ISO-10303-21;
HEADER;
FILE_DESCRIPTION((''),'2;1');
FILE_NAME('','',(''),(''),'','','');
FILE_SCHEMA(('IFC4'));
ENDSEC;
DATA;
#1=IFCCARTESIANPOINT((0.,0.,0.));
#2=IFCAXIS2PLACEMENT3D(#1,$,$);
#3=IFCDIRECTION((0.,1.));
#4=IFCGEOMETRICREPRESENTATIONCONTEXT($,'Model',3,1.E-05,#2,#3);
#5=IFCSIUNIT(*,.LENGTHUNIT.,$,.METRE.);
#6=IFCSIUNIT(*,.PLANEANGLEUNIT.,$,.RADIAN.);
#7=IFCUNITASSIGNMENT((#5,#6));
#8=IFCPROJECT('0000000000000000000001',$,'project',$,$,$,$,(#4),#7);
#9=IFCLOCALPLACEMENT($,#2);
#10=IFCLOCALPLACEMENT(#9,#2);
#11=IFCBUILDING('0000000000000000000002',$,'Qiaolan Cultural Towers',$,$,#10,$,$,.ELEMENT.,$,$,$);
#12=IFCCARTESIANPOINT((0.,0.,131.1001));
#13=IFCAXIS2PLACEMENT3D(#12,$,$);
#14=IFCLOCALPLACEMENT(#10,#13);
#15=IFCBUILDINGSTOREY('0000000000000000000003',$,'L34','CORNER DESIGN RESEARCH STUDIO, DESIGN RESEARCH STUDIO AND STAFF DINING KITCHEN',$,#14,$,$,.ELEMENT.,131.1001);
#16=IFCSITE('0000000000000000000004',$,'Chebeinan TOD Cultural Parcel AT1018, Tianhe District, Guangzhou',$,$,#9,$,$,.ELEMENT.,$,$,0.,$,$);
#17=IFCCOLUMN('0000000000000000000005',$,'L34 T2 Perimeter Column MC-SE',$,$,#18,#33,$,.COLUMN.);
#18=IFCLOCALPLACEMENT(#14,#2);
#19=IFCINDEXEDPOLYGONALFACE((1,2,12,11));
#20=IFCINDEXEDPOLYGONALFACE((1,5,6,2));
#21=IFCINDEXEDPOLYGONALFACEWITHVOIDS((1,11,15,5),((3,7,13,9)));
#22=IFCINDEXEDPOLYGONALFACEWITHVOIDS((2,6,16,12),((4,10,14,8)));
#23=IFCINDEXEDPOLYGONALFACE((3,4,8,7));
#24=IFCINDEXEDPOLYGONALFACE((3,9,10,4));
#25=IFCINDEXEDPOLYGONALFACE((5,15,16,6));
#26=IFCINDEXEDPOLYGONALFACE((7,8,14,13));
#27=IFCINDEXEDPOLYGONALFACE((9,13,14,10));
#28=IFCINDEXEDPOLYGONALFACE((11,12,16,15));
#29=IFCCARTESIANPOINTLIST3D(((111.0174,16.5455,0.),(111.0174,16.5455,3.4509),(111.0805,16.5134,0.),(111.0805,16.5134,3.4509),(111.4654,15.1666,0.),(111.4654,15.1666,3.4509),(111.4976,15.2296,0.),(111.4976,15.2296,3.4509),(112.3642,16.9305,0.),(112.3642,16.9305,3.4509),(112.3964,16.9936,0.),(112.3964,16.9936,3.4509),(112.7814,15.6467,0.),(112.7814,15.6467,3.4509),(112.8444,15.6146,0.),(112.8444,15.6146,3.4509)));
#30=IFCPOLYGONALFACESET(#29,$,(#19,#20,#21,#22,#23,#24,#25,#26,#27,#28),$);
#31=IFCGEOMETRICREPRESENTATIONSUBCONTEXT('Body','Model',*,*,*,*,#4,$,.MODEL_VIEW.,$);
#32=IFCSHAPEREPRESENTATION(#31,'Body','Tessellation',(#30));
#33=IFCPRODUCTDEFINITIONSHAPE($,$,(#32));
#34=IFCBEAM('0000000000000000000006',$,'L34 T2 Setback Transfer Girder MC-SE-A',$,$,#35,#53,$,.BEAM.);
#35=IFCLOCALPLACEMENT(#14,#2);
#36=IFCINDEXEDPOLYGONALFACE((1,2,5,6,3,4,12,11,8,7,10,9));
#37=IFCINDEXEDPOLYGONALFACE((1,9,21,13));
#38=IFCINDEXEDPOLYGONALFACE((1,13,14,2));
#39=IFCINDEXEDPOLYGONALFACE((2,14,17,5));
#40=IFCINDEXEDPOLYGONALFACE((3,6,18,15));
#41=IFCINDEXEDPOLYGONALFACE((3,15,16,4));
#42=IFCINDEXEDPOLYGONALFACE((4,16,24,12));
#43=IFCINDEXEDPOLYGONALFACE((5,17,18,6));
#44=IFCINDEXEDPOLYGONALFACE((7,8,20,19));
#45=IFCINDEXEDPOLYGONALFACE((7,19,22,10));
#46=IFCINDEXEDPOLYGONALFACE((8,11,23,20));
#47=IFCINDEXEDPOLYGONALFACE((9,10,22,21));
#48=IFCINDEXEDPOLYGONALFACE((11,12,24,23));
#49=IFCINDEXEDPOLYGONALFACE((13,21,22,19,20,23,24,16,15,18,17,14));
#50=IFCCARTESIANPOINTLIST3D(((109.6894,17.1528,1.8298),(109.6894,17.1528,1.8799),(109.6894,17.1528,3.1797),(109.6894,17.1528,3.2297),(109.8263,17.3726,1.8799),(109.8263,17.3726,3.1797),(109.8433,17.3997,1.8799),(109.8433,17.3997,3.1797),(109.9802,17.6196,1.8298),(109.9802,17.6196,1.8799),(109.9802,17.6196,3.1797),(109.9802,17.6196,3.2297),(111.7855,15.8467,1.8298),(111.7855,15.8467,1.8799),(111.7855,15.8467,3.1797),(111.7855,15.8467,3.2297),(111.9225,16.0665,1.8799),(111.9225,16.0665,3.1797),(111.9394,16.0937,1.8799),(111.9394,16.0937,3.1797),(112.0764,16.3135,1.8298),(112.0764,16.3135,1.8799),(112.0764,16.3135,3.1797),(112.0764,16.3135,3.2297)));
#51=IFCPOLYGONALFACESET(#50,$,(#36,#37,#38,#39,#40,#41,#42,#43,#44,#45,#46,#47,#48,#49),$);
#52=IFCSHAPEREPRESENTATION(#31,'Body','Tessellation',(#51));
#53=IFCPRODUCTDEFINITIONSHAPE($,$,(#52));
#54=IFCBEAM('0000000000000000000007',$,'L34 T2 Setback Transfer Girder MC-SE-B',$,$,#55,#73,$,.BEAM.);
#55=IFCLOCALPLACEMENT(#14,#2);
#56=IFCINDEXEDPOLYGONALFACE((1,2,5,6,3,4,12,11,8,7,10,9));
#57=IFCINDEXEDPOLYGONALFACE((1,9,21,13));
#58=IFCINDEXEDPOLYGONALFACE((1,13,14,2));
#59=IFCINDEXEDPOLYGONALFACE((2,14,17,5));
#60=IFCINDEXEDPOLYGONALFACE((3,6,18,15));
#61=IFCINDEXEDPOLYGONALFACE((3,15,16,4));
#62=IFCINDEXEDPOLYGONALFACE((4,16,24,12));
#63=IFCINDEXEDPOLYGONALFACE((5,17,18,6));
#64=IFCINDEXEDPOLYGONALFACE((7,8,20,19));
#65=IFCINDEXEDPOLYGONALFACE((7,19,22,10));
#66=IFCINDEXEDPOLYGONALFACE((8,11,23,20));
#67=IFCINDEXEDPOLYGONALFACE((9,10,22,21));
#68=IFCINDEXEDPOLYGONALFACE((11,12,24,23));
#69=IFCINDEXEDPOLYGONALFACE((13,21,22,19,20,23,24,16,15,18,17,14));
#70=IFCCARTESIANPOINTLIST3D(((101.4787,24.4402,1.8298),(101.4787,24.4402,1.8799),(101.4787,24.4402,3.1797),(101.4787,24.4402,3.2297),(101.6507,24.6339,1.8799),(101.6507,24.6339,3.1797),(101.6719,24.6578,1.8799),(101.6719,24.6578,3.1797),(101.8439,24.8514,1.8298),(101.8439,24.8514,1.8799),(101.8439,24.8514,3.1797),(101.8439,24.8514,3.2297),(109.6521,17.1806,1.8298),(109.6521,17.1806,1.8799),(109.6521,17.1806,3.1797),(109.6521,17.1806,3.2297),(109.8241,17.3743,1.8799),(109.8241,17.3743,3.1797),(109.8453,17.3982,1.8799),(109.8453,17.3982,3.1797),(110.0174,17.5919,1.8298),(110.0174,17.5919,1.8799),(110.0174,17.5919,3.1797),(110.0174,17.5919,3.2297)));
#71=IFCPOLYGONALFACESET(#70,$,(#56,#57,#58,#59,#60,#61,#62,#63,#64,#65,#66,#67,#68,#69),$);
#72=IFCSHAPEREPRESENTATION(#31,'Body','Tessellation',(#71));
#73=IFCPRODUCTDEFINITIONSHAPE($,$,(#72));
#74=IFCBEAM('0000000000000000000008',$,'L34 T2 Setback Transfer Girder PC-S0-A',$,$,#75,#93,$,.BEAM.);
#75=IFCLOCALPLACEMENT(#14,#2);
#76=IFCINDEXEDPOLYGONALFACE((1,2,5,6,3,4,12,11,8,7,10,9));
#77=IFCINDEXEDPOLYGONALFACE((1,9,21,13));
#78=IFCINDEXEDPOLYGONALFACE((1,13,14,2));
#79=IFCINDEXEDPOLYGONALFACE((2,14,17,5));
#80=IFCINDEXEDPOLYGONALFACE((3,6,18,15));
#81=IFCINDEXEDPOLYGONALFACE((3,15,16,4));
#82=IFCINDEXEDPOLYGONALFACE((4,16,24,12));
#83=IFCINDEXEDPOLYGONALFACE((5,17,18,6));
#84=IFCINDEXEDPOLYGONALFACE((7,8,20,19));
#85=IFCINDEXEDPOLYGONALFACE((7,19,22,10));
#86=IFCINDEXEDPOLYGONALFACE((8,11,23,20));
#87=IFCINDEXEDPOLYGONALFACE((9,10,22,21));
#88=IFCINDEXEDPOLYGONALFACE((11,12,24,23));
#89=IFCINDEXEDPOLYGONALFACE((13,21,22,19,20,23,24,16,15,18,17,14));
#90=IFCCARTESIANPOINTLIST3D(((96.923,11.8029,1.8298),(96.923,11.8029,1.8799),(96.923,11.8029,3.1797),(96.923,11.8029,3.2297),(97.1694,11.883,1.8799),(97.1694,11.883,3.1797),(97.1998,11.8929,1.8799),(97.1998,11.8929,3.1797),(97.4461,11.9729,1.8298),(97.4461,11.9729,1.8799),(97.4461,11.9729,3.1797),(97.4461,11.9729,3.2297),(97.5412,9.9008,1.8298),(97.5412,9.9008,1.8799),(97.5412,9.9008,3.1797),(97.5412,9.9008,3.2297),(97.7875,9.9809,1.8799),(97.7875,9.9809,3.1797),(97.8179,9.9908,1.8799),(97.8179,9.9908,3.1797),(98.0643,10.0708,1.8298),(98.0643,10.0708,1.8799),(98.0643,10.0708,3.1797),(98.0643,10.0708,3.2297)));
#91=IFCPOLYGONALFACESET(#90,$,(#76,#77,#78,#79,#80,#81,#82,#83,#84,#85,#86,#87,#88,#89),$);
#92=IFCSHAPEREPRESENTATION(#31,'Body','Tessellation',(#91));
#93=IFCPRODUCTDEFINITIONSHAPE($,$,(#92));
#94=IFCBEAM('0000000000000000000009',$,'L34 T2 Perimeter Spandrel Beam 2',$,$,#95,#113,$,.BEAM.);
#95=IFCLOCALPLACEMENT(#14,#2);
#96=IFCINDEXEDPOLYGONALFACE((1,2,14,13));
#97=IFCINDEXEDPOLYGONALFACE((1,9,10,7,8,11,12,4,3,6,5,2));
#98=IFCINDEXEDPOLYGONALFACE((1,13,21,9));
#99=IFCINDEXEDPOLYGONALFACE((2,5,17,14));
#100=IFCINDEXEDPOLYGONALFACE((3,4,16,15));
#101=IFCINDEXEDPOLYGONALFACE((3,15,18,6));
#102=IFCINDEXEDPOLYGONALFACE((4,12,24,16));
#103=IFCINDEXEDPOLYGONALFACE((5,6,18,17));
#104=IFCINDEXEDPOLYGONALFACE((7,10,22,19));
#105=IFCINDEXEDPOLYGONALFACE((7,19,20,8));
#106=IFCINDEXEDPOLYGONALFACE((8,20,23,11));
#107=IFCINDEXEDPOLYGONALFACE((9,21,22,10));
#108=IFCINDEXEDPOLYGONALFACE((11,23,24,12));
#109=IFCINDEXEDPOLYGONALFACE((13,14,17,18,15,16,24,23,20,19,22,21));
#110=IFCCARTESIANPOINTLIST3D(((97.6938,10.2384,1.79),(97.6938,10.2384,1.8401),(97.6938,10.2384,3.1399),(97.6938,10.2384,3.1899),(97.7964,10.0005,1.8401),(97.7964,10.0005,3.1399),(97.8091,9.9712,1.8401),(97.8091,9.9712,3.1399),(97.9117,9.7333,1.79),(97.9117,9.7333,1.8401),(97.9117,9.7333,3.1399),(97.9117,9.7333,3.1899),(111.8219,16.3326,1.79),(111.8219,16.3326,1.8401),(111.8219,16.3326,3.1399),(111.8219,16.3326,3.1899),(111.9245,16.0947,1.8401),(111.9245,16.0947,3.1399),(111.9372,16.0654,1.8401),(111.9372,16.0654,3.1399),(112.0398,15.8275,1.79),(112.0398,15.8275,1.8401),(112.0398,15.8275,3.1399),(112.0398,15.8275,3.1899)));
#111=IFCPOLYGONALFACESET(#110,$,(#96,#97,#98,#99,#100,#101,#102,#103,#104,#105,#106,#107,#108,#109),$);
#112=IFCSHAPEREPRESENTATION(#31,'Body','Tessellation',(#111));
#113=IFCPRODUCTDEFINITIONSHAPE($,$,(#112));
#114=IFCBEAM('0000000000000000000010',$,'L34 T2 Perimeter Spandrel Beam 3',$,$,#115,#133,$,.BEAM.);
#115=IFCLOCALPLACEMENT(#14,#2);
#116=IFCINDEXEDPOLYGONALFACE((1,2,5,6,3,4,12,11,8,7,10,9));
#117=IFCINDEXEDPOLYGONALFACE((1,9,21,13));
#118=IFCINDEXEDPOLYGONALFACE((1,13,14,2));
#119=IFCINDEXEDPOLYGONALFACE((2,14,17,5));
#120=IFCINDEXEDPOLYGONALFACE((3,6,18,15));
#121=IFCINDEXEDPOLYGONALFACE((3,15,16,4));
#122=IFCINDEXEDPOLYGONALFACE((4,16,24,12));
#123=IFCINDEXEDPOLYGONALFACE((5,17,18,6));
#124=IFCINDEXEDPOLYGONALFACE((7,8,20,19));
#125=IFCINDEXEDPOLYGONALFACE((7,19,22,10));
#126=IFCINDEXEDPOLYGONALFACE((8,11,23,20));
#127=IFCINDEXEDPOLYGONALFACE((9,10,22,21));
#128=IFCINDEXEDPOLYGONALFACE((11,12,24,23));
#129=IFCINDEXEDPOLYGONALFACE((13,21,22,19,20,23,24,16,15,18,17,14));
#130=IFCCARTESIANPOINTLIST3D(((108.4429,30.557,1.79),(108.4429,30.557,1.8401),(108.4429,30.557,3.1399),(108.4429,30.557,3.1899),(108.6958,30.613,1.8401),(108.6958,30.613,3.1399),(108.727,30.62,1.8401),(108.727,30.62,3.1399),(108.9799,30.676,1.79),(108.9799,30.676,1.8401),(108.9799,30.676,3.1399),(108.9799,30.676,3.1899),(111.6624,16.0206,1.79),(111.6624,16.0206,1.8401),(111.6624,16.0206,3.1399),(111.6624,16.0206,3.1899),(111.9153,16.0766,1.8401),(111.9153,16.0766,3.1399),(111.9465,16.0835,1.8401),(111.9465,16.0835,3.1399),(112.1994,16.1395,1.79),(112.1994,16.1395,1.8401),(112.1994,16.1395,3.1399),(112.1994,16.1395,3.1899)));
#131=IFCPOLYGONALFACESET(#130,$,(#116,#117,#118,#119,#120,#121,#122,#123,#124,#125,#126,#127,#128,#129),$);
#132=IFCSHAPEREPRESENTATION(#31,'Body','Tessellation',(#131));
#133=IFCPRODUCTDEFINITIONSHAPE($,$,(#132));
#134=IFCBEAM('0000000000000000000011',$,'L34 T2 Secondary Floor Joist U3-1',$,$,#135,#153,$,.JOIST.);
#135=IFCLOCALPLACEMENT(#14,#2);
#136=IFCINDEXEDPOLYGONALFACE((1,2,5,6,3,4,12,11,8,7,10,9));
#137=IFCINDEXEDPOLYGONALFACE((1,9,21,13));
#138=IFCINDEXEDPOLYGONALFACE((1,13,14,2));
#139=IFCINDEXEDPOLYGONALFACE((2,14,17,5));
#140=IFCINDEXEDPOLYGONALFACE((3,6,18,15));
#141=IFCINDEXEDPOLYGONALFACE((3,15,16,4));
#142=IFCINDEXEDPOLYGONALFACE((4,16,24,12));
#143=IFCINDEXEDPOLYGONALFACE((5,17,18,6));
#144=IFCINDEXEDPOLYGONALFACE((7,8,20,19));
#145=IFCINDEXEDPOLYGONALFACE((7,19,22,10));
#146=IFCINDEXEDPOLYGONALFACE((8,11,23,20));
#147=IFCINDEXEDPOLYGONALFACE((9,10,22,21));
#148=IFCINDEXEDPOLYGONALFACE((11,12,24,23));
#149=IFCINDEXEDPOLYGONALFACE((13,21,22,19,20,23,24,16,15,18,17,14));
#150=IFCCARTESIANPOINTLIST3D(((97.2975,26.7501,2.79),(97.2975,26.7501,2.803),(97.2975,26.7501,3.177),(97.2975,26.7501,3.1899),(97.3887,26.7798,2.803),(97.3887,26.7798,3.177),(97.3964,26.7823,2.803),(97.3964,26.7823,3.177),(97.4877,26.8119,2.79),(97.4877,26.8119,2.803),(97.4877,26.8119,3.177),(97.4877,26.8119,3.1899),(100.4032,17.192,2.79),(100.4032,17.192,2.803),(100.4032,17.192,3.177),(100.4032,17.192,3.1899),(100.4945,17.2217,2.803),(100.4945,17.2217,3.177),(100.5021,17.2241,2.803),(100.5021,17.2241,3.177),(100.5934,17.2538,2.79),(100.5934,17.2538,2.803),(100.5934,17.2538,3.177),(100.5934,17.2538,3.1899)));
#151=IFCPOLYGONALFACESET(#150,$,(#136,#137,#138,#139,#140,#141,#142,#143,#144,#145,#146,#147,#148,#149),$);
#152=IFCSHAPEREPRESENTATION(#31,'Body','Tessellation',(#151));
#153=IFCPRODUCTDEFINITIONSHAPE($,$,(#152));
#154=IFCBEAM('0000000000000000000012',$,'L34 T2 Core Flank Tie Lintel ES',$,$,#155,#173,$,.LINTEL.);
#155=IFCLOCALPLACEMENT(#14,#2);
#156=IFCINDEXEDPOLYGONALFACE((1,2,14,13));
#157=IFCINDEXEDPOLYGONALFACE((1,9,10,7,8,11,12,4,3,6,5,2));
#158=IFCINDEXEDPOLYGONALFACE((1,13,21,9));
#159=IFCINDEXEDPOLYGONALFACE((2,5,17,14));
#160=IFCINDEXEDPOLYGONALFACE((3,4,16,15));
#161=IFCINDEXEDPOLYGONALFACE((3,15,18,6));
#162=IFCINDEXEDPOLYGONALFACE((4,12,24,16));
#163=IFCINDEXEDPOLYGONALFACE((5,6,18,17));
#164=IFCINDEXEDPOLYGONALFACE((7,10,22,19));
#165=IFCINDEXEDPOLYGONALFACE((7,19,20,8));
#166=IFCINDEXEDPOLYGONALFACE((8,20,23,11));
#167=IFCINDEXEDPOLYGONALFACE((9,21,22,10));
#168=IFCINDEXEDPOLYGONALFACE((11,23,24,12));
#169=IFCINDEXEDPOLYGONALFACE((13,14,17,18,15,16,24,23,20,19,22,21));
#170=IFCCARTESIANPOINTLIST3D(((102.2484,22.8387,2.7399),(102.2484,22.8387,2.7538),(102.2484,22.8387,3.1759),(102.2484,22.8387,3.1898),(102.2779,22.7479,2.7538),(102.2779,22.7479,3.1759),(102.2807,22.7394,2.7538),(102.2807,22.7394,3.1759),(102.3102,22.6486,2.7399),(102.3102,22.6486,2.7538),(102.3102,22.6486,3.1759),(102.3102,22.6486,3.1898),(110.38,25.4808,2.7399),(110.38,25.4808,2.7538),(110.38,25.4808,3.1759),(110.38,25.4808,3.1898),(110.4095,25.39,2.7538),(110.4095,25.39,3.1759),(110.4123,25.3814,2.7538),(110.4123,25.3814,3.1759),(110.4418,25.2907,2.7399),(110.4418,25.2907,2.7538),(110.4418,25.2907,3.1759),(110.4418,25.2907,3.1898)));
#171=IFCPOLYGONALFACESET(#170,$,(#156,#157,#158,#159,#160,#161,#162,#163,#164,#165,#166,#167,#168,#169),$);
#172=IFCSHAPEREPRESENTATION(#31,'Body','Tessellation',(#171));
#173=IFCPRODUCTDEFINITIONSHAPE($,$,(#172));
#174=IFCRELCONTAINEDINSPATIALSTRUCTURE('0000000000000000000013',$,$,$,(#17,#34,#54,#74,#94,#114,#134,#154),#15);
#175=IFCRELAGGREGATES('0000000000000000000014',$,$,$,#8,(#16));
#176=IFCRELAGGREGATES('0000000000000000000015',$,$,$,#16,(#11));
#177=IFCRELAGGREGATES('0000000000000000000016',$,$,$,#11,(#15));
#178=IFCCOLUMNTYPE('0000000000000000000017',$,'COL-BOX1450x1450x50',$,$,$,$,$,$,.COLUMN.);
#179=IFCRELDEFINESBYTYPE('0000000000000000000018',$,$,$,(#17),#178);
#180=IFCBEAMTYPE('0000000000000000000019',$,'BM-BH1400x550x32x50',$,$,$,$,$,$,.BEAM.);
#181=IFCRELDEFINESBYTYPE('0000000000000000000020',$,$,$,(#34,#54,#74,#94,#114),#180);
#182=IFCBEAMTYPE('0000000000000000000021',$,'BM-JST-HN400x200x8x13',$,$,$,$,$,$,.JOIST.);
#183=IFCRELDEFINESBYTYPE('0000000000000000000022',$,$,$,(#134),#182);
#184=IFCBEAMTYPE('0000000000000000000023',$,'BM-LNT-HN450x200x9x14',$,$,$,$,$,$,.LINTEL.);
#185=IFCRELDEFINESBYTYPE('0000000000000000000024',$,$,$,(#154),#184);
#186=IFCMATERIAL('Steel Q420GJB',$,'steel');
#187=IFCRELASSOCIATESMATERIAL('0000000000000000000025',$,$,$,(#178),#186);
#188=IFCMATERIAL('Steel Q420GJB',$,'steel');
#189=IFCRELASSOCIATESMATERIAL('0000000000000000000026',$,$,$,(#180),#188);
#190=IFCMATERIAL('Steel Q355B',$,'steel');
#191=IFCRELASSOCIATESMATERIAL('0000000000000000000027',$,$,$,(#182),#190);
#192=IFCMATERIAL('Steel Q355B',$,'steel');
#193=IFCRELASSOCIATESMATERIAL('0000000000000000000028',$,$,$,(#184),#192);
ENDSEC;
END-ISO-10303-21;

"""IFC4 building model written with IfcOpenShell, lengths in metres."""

from ifc_helpers import new_model, si_unit, direction, frame, origin, origin_2d, place, context, subcontext, project, spatial, hollow_rectangle, i_section, extrude, material, material_profile, profile_set, type_object, element, save


model = new_model("IFC4")

# Units and contexts
model_context = context("Model", 3, precision=1e-05, world=origin(), true_north=direction((0.0, 1.0)))
body_context = subcontext(model_context, "Body", "Model", "MODEL_VIEW")
ifc_project = project(units=[si_unit("LENGTHUNIT", "METRE"), si_unit("PLANEANGLEUNIT", "RADIAN")], contexts=[model_context])

# Site, building, storey
site_placement = place(None, origin())
site = spatial("IfcSite", under=ifc_project, at=site_placement, Name="Chebeinan TOD Cultural Parcel AT1018, Tianhe District, Guangzhou", CompositionType="ELEMENT", RefElevation=0.0)
building_placement = place(site_placement, origin())
building = spatial("IfcBuilding", under=site, at=building_placement, Name="Qiaolan Cultural Towers", CompositionType="ELEMENT")
storey_placement = place(building_placement, frame((0.0, 0.0, 131.1001)))
storey = spatial("IfcBuildingStorey", under=building, at=storey_placement, Name="L34", Description="CORNER DESIGN RESEARCH STUDIO, DESIGN RESEARCH STUDIO AND STAFF DINING KITCHEN", CompositionType="ELEMENT", Elevation=131.1001)

# Column
ifc_material_1 = material(Name="Steel Q420GJB", Category="steel")
ifc_material_profile_1 = material_profile(ifc_material_1, hollow_rectangle(XDim=1.45, YDim=1.45, WallThickness=0.05, at=origin_2d()), Name="BOX1450x1450x50")
ifc_profile_set_1 = profile_set([ifc_material_profile_1], Name="Steel Q420GJB")
column_type = type_object("IfcColumnType", Name="COL-BOX1450x1450x50", PredefinedType="COLUMN", material=ifc_profile_set_1)
column_placement = place(storey_placement, frame((111.9309, 16.0801, 0.0), z_axis=(0.0, 0.0, 1.0), x_axis=(0.951057, 0.309017, 0.0)))
element("IfcColumn", 1, at=column_placement, inside=storey, type_object=column_type, Name="L34 T2 Perimeter Column MC-SE", PredefinedType="COLUMN", context=body_context, shape_type="SweptSolid", body=[
    extrude(hollow_rectangle(XDim=1.45, YDim=1.45, WallThickness=0.05, at=origin_2d()), origin(), (0.0, 0.0, 1.0), 3.4509),
])

# Beams
ifc_material_2 = material(Name="Steel Q420GJB", Category="steel")
ifc_material_profile_2 = material_profile(ifc_material_2, i_section(OverallWidth=0.55, OverallDepth=1.3999, WebThickness=0.032, FlangeThickness=0.05, at=origin_2d()), Name="BH1400x550x32x50")
ifc_profile_set_2 = profile_set([ifc_material_profile_2], Name="Steel Q420GJB")
beam_type_1 = type_object("IfcBeamType", Name="BM-BH1400x550x32x50", PredefinedType="BEAM", material=ifc_profile_set_2)
beam_1_placement = place(storey_placement, frame((111.9309, 16.0801, 2.5298), z_axis=(-0.848719, 0.528843, 0.0), x_axis=(-0.528843, -0.848719, 0.0)))
element("IfcBeam", 2, at=beam_1_placement, inside=storey, type_object=beam_type_1, Name="L34 T2 Setback Transfer Girder MC-SE-A", PredefinedType="BEAM", context=body_context, shape_type="SweptSolid", body=[
    extrude(i_section(OverallWidth=0.55, OverallDepth=1.3999, WebThickness=0.032, FlangeThickness=0.05, at=origin_2d()), origin(), (0.0, 0.0, 1.0), 2.4697),
])
beam_2_placement = place(storey_placement, frame((109.8347, 17.3862, 2.5298), z_axis=(-0.747667, 0.664074, 0.0), x_axis=(-0.664074, -0.747667, 0.0)))
element("IfcBeam", 3, at=beam_2_placement, inside=storey, type_object=beam_type_1, Name="L34 T2 Setback Transfer Girder MC-SE-B", PredefinedType="BEAM", context=body_context, shape_type="SweptSolid", body=[
    extrude(i_section(OverallWidth=0.55, OverallDepth=1.3999, WebThickness=0.032, FlangeThickness=0.05, at=origin_2d()), origin(), (0.0, 0.0, 1.0), 10.9319),
])
beam_3_placement = place(storey_placement, frame((97.8027, 9.9858, 2.5298), z_axis=(-0.309078, 0.951037, 0.0), x_axis=(-0.951037, -0.309078, 0.0)))
element("IfcBeam", 4, at=beam_3_placement, inside=storey, type_object=beam_type_1, Name="L34 T2 Setback Transfer Girder PC-S0-A", PredefinedType="BEAM", context=body_context, shape_type="SweptSolid", body=[
    extrude(i_section(OverallWidth=0.55, OverallDepth=1.3999, WebThickness=0.032, FlangeThickness=0.05, at=origin_2d()), origin(), (0.0, 0.0, 1.0), 2.0),
])
beam_4_placement = place(storey_placement, frame((97.8027, 9.9858, 2.49), z_axis=(0.918218, 0.396076, 0.0), x_axis=(-0.396076, 0.918218, 0.0)))
element("IfcBeam", 5, at=beam_4_placement, inside=storey, type_object=beam_type_1, Name="L34 T2 Perimeter Spandrel Beam 2", PredefinedType="BEAM", context=body_context, shape_type="SweptSolid", body=[
    extrude(i_section(OverallWidth=0.55, OverallDepth=1.3999, WebThickness=0.032, FlangeThickness=0.05, at=origin_2d()), origin(), (0.0, 0.0, 1.0), 15.3865),
])
beam_5_placement = place(storey_placement, frame((111.9309, 16.0801, 2.49), z_axis=(-0.216238, 0.976341, 0.0), x_axis=(-0.976341, -0.216238, 0.0)))
element("IfcBeam", 6, at=beam_5_placement, inside=storey, type_object=beam_type_1, Name="L34 T2 Perimeter Spandrel Beam 3", PredefinedType="BEAM", context=body_context, shape_type="SweptSolid", body=[
    extrude(i_section(OverallWidth=0.55, OverallDepth=1.3999, WebThickness=0.032, FlangeThickness=0.05, at=origin_2d()), origin(), (0.0, 0.0, 1.0), 14.8887),
])
ifc_material_3 = material(Name="Steel Q355B", Category="steel")
ifc_material_profile_3 = material_profile(ifc_material_3, i_section(OverallWidth=0.2, OverallDepth=0.3999, WebThickness=0.0081, FlangeThickness=0.0129, at=origin_2d()), Name="HN400x200x8x13")
ifc_profile_set_3 = profile_set([ifc_material_profile_3], Name="Steel Q355B")
beam_type_2 = type_object("IfcBeamType", Name="BM-JST-HN400x200x8x13", PredefinedType="JOIST", material=ifc_profile_set_3)
beam_6_placement = place(storey_placement, frame((100.4983, 17.2229, 2.99), z_axis=(-0.309026, 0.951054, 0.0), x_axis=(-0.951054, -0.309026, 0.0)))
element("IfcBeam", 7, at=beam_6_placement, inside=storey, type_object=beam_type_2, Name="L34 T2 Secondary Floor Joist U3-1", PredefinedType="JOIST", context=body_context, shape_type="SweptSolid", body=[
    extrude(i_section(OverallWidth=0.2, OverallDepth=0.3999, WebThickness=0.0081, FlangeThickness=0.0129, at=origin_2d()), origin(), (0.0, 0.0, 1.0), 10.05),
])
ifc_material_4 = material(Name="Steel Q355B", Category="steel")
ifc_material_profile_4 = material_profile(ifc_material_4, i_section(OverallWidth=0.2, OverallDepth=0.45, WebThickness=0.009, FlangeThickness=0.0139, at=origin_2d()), Name="HN450x200x9x14")
ifc_profile_set_4 = profile_set([ifc_material_profile_4], Name="Steel Q355B")
beam_type_3 = type_object("IfcBeamType", Name="BM-LNT-HN450x200x9x14", PredefinedType="LINTEL", material=ifc_profile_set_4)
beam_7_placement = place(storey_placement, frame((102.2793, 22.7437, 2.9648), z_axis=(0.951057, 0.309014, 0.0), x_axis=(-0.309014, 0.951057, 0.0)))
element("IfcBeam", 8, at=beam_7_placement, inside=storey, type_object=beam_type_3, Name="L34 T2 Core Flank Tie Lintel ES", PredefinedType="LINTEL", context=body_context, shape_type="SweptSolid", body=[
    extrude(i_section(OverallWidth=0.2, OverallDepth=0.45, WebThickness=0.009, FlangeThickness=0.0139, at=origin_2d()), origin(), (0.0, 0.0, 1.0), 8.55),
])

save(model, "model.ifc")
